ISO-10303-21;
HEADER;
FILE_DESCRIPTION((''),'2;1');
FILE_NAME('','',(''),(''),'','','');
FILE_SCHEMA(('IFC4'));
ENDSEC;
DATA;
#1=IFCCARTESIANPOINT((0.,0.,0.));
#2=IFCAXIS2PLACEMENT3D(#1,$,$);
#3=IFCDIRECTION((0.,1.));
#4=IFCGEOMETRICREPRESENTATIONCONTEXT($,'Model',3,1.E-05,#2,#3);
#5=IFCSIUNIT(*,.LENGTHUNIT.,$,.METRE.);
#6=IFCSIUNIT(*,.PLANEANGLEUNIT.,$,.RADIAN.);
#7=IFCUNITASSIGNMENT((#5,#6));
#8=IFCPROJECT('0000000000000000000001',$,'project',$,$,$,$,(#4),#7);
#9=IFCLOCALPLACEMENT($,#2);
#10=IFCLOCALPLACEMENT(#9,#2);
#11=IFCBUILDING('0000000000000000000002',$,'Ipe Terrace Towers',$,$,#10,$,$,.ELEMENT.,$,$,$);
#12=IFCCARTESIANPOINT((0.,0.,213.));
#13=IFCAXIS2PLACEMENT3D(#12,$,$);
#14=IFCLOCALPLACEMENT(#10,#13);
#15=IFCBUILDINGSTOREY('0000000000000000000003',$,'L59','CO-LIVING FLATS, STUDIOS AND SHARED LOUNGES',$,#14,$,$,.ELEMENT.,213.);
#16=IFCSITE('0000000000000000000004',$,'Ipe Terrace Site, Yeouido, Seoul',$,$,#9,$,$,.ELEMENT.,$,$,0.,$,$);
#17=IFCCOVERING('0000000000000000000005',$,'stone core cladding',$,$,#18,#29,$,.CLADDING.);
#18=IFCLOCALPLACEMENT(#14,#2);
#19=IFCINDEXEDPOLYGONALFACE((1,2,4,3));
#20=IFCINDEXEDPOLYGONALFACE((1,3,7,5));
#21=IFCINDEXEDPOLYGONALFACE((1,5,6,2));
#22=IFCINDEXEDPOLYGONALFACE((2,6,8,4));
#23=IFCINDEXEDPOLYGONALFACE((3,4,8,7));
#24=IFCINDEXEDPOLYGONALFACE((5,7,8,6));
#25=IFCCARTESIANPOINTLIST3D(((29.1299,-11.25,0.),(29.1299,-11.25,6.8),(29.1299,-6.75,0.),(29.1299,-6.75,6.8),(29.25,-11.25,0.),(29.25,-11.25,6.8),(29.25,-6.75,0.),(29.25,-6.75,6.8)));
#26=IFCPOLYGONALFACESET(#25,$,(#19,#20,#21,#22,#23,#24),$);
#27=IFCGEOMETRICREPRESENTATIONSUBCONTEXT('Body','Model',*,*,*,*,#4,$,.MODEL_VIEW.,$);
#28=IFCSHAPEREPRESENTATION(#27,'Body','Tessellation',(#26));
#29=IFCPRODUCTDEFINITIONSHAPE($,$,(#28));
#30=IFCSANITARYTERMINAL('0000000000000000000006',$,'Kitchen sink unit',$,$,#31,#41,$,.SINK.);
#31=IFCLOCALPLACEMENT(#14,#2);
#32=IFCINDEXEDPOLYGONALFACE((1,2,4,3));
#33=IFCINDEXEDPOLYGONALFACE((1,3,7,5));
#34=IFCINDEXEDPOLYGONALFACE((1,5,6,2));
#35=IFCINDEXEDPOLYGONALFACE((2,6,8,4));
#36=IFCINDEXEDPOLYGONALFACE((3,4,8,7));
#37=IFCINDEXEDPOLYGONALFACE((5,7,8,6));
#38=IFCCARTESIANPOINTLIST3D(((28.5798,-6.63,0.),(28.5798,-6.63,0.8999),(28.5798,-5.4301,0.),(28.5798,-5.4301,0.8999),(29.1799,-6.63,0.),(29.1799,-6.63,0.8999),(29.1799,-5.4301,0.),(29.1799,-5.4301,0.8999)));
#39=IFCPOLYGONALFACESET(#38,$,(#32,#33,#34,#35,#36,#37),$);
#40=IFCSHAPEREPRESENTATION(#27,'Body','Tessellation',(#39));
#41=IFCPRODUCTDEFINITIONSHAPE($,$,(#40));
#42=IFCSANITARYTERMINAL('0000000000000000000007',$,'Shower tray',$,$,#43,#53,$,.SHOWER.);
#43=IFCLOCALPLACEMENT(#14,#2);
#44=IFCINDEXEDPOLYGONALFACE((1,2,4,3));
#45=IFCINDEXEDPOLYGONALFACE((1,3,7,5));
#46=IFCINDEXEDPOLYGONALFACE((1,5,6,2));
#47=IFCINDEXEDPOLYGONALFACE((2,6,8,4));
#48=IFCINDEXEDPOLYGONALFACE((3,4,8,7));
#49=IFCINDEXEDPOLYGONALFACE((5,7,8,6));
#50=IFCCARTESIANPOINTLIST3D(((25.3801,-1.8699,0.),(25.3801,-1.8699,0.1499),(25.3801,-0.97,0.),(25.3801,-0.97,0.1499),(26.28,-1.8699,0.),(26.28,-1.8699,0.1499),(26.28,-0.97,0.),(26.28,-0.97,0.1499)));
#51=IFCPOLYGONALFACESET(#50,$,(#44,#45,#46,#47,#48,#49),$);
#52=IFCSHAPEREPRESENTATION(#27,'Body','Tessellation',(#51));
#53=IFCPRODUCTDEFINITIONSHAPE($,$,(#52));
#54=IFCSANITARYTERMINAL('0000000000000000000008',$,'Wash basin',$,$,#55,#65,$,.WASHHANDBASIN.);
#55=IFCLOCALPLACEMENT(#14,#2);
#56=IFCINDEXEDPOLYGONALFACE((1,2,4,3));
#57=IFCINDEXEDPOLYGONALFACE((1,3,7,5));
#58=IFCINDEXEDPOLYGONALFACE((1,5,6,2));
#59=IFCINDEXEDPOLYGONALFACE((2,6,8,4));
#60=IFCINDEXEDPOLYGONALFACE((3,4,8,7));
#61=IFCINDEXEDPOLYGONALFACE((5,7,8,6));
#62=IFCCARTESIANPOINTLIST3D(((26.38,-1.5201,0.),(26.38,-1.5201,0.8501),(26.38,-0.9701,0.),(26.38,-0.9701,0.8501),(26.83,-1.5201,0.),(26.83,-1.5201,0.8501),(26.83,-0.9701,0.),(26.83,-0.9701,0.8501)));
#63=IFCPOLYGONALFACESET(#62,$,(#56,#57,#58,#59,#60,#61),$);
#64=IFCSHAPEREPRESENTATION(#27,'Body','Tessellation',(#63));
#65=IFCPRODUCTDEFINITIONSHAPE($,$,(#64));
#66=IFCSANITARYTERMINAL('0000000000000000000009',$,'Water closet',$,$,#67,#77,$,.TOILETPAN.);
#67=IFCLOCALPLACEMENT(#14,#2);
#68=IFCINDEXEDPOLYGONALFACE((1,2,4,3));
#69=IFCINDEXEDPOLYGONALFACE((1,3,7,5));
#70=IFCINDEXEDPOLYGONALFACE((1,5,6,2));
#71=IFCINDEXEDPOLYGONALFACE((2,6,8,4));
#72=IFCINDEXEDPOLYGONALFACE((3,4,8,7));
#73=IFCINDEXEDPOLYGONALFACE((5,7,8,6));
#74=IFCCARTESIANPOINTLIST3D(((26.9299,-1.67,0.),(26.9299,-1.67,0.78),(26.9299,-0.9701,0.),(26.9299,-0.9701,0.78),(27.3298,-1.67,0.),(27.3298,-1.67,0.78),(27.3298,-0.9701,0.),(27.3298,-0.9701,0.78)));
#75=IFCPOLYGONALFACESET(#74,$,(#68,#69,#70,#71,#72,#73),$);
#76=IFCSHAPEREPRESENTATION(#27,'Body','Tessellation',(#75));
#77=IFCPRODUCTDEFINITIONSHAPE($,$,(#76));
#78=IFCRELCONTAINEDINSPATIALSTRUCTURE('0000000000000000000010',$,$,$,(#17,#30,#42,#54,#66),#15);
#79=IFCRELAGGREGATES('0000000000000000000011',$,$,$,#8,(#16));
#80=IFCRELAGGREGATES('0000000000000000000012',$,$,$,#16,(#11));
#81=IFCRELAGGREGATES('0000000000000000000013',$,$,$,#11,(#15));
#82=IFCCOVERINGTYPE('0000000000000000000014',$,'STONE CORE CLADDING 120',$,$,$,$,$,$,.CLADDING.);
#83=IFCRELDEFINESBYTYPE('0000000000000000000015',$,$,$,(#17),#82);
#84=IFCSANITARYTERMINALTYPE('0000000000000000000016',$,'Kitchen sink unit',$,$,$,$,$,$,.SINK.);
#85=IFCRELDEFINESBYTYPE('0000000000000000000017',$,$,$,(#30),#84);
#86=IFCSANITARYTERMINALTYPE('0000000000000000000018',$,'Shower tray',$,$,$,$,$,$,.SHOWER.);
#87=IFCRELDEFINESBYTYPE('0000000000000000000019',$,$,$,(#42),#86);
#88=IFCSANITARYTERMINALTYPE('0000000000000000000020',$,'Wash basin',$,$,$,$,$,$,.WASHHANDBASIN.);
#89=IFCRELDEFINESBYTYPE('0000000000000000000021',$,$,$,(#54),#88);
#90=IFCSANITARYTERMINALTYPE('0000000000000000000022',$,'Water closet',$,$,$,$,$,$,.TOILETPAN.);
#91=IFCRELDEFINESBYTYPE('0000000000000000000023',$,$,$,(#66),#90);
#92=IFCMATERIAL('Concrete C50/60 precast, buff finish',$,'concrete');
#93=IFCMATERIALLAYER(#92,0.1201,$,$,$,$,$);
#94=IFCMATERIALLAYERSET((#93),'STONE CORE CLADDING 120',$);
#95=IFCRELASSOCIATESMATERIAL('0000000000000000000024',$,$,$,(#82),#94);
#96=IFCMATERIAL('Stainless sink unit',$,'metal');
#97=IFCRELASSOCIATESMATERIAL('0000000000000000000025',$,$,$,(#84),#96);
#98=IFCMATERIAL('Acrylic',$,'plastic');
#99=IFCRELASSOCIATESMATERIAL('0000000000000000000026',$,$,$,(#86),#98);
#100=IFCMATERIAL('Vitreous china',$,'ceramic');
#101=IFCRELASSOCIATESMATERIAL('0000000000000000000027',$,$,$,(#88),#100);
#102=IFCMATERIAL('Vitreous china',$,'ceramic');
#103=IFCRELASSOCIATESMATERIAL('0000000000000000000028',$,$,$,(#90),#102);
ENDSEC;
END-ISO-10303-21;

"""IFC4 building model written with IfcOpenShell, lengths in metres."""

from ifc_helpers import new_model, si_unit, direction, frame, origin, origin_2d, place, context, subcontext, project, spatial, rectangle, extrude, material, layer, layer_set, type_object, element, save


model = new_model("IFC4")

# Units and contexts
model_context = context("Model", 3, precision=1e-05, world=origin(), true_north=direction((0.0, 1.0)))
body_context = subcontext(model_context, "Body", "Model", "MODEL_VIEW")
ifc_project = project(units=[si_unit("LENGTHUNIT", "METRE"), si_unit("PLANEANGLEUNIT", "RADIAN")], contexts=[model_context])

# Site, building, storey
site_placement = place(None, origin())
site = spatial("IfcSite", under=ifc_project, at=site_placement, Name="Ipe Terrace Site, Yeouido, Seoul", CompositionType="ELEMENT", RefElevation=0.0)
building_placement = place(site_placement, origin())
building = spatial("IfcBuilding", under=site, at=building_placement, Name="Ipe Terrace Towers", CompositionType="ELEMENT")
storey_placement = place(building_placement, frame((0.0, 0.0, 213.0)))
storey = spatial("IfcBuildingStorey", under=building, at=storey_placement, Name="L59", Description="CO-LIVING FLATS, STUDIOS AND SHARED LOUNGES", CompositionType="ELEMENT", Elevation=213.0)

# Covering
ifc_material_1 = material(Name="Concrete C50/60 precast, buff finish", Category="concrete")
ifc_layer_1 = layer(ifc_material_1, 0.1201)
ifc_layer_set_1 = layer_set([ifc_layer_1], Name="STONE CORE CLADDING 120")
covering_type = type_object("IfcCoveringType", Name="STONE CORE CLADDING 120", PredefinedType="CLADDING", material=ifc_layer_set_1)
covering_placement = place(storey_placement, frame((29.1899, -9.0, 0.0), z_axis=(0.0, 0.0, 1.0), x_axis=(0.0, -1.0, 0.0)))
element("IfcCovering", 1, at=covering_placement, inside=storey, type_object=covering_type, Name="stone core cladding", PredefinedType="CLADDING", context=body_context, shape_type="SweptSolid", body=[
    extrude(rectangle(XDim=4.5, YDim=0.1201, at=origin_2d()), origin(), (0.0, 0.0, 1.0), 6.8),
])

# Sanitary terminals
ifc_material_2 = material(Name="Stainless sink unit", Category="metal")
sanitary_terminal_type_1 = type_object("IfcSanitaryTerminalType", Name="Kitchen sink unit", PredefinedType="SINK", material=ifc_material_2)
sanitary_terminal_1_placement = place(storey_placement, frame((28.8799, -6.03, 0.0), z_axis=(0.0, 0.0, 1.0), x_axis=(0.0, -1.0, 0.0)))
element("IfcSanitaryTerminal", 2, at=sanitary_terminal_1_placement, inside=storey, type_object=sanitary_terminal_type_1, Name="Kitchen sink unit", PredefinedType="SINK", context=body_context, shape_type="SweptSolid", body=[
    extrude(rectangle(XDim=1.2, YDim=0.6001, at=origin_2d()), origin(), (0.0, 0.0, 1.0), 0.8999),
])
ifc_material_3 = material(Name="Acrylic", Category="plastic")
sanitary_terminal_type_2 = type_object("IfcSanitaryTerminalType", Name="Shower tray", PredefinedType="SHOWER", material=ifc_material_3)
sanitary_terminal_2_placement = place(storey_placement, frame((25.8301, -1.4199, 0.0), z_axis=(0.0, 0.0, 1.0), x_axis=(0.0, -1.0, 0.0)))
element("IfcSanitaryTerminal", 3, at=sanitary_terminal_2_placement, inside=storey, type_object=sanitary_terminal_type_2, Name="Shower tray", PredefinedType="SHOWER", context=body_context, shape_type="SweptSolid", body=[
    extrude(rectangle(XDim=0.8999, YDim=0.8999, at=origin_2d()), origin(), (0.0, 0.0, 1.0), 0.1499),
])
ifc_material_4 = material(Name="Vitreous china", Category="ceramic")
sanitary_terminal_type_3 = type_object("IfcSanitaryTerminalType", Name="Wash basin", PredefinedType="WASHHANDBASIN", material=ifc_material_4)
sanitary_terminal_3_placement = place(storey_placement, frame((26.605, -1.2451, 0.0), z_axis=(0.0, 0.0, 1.0), x_axis=(0.0, -1.0, 0.0)))
element("IfcSanitaryTerminal", 4, at=sanitary_terminal_3_placement, inside=storey, type_object=sanitary_terminal_type_3, Name="Wash basin", PredefinedType="WASHHANDBASIN", context=body_context, shape_type="SweptSolid", body=[
    extrude(rectangle(XDim=0.55, YDim=0.45, at=origin_2d()), origin(), (0.0, 0.0, 1.0), 0.8501),
])
ifc_material_5 = material(Name="Vitreous china", Category="ceramic")
sanitary_terminal_type_4 = type_object("IfcSanitaryTerminalType", Name="Water closet", PredefinedType="TOILETPAN", material=ifc_material_5)
sanitary_terminal_4_placement = place(storey_placement, frame((27.1299, -1.3201, 0.0), z_axis=(0.0, 0.0, 1.0), x_axis=(0.0, -1.0, 0.0)))
element("IfcSanitaryTerminal", 5, at=sanitary_terminal_4_placement, inside=storey, type_object=sanitary_terminal_type_4, Name="Water closet", PredefinedType="TOILETPAN", context=body_context, shape_type="SweptSolid", body=[
    extrude(rectangle(XDim=0.7, YDim=0.3999, at=origin_2d()), origin(), (0.0, 0.0, 1.0), 0.78),
])

save(model, "model.ifc")
